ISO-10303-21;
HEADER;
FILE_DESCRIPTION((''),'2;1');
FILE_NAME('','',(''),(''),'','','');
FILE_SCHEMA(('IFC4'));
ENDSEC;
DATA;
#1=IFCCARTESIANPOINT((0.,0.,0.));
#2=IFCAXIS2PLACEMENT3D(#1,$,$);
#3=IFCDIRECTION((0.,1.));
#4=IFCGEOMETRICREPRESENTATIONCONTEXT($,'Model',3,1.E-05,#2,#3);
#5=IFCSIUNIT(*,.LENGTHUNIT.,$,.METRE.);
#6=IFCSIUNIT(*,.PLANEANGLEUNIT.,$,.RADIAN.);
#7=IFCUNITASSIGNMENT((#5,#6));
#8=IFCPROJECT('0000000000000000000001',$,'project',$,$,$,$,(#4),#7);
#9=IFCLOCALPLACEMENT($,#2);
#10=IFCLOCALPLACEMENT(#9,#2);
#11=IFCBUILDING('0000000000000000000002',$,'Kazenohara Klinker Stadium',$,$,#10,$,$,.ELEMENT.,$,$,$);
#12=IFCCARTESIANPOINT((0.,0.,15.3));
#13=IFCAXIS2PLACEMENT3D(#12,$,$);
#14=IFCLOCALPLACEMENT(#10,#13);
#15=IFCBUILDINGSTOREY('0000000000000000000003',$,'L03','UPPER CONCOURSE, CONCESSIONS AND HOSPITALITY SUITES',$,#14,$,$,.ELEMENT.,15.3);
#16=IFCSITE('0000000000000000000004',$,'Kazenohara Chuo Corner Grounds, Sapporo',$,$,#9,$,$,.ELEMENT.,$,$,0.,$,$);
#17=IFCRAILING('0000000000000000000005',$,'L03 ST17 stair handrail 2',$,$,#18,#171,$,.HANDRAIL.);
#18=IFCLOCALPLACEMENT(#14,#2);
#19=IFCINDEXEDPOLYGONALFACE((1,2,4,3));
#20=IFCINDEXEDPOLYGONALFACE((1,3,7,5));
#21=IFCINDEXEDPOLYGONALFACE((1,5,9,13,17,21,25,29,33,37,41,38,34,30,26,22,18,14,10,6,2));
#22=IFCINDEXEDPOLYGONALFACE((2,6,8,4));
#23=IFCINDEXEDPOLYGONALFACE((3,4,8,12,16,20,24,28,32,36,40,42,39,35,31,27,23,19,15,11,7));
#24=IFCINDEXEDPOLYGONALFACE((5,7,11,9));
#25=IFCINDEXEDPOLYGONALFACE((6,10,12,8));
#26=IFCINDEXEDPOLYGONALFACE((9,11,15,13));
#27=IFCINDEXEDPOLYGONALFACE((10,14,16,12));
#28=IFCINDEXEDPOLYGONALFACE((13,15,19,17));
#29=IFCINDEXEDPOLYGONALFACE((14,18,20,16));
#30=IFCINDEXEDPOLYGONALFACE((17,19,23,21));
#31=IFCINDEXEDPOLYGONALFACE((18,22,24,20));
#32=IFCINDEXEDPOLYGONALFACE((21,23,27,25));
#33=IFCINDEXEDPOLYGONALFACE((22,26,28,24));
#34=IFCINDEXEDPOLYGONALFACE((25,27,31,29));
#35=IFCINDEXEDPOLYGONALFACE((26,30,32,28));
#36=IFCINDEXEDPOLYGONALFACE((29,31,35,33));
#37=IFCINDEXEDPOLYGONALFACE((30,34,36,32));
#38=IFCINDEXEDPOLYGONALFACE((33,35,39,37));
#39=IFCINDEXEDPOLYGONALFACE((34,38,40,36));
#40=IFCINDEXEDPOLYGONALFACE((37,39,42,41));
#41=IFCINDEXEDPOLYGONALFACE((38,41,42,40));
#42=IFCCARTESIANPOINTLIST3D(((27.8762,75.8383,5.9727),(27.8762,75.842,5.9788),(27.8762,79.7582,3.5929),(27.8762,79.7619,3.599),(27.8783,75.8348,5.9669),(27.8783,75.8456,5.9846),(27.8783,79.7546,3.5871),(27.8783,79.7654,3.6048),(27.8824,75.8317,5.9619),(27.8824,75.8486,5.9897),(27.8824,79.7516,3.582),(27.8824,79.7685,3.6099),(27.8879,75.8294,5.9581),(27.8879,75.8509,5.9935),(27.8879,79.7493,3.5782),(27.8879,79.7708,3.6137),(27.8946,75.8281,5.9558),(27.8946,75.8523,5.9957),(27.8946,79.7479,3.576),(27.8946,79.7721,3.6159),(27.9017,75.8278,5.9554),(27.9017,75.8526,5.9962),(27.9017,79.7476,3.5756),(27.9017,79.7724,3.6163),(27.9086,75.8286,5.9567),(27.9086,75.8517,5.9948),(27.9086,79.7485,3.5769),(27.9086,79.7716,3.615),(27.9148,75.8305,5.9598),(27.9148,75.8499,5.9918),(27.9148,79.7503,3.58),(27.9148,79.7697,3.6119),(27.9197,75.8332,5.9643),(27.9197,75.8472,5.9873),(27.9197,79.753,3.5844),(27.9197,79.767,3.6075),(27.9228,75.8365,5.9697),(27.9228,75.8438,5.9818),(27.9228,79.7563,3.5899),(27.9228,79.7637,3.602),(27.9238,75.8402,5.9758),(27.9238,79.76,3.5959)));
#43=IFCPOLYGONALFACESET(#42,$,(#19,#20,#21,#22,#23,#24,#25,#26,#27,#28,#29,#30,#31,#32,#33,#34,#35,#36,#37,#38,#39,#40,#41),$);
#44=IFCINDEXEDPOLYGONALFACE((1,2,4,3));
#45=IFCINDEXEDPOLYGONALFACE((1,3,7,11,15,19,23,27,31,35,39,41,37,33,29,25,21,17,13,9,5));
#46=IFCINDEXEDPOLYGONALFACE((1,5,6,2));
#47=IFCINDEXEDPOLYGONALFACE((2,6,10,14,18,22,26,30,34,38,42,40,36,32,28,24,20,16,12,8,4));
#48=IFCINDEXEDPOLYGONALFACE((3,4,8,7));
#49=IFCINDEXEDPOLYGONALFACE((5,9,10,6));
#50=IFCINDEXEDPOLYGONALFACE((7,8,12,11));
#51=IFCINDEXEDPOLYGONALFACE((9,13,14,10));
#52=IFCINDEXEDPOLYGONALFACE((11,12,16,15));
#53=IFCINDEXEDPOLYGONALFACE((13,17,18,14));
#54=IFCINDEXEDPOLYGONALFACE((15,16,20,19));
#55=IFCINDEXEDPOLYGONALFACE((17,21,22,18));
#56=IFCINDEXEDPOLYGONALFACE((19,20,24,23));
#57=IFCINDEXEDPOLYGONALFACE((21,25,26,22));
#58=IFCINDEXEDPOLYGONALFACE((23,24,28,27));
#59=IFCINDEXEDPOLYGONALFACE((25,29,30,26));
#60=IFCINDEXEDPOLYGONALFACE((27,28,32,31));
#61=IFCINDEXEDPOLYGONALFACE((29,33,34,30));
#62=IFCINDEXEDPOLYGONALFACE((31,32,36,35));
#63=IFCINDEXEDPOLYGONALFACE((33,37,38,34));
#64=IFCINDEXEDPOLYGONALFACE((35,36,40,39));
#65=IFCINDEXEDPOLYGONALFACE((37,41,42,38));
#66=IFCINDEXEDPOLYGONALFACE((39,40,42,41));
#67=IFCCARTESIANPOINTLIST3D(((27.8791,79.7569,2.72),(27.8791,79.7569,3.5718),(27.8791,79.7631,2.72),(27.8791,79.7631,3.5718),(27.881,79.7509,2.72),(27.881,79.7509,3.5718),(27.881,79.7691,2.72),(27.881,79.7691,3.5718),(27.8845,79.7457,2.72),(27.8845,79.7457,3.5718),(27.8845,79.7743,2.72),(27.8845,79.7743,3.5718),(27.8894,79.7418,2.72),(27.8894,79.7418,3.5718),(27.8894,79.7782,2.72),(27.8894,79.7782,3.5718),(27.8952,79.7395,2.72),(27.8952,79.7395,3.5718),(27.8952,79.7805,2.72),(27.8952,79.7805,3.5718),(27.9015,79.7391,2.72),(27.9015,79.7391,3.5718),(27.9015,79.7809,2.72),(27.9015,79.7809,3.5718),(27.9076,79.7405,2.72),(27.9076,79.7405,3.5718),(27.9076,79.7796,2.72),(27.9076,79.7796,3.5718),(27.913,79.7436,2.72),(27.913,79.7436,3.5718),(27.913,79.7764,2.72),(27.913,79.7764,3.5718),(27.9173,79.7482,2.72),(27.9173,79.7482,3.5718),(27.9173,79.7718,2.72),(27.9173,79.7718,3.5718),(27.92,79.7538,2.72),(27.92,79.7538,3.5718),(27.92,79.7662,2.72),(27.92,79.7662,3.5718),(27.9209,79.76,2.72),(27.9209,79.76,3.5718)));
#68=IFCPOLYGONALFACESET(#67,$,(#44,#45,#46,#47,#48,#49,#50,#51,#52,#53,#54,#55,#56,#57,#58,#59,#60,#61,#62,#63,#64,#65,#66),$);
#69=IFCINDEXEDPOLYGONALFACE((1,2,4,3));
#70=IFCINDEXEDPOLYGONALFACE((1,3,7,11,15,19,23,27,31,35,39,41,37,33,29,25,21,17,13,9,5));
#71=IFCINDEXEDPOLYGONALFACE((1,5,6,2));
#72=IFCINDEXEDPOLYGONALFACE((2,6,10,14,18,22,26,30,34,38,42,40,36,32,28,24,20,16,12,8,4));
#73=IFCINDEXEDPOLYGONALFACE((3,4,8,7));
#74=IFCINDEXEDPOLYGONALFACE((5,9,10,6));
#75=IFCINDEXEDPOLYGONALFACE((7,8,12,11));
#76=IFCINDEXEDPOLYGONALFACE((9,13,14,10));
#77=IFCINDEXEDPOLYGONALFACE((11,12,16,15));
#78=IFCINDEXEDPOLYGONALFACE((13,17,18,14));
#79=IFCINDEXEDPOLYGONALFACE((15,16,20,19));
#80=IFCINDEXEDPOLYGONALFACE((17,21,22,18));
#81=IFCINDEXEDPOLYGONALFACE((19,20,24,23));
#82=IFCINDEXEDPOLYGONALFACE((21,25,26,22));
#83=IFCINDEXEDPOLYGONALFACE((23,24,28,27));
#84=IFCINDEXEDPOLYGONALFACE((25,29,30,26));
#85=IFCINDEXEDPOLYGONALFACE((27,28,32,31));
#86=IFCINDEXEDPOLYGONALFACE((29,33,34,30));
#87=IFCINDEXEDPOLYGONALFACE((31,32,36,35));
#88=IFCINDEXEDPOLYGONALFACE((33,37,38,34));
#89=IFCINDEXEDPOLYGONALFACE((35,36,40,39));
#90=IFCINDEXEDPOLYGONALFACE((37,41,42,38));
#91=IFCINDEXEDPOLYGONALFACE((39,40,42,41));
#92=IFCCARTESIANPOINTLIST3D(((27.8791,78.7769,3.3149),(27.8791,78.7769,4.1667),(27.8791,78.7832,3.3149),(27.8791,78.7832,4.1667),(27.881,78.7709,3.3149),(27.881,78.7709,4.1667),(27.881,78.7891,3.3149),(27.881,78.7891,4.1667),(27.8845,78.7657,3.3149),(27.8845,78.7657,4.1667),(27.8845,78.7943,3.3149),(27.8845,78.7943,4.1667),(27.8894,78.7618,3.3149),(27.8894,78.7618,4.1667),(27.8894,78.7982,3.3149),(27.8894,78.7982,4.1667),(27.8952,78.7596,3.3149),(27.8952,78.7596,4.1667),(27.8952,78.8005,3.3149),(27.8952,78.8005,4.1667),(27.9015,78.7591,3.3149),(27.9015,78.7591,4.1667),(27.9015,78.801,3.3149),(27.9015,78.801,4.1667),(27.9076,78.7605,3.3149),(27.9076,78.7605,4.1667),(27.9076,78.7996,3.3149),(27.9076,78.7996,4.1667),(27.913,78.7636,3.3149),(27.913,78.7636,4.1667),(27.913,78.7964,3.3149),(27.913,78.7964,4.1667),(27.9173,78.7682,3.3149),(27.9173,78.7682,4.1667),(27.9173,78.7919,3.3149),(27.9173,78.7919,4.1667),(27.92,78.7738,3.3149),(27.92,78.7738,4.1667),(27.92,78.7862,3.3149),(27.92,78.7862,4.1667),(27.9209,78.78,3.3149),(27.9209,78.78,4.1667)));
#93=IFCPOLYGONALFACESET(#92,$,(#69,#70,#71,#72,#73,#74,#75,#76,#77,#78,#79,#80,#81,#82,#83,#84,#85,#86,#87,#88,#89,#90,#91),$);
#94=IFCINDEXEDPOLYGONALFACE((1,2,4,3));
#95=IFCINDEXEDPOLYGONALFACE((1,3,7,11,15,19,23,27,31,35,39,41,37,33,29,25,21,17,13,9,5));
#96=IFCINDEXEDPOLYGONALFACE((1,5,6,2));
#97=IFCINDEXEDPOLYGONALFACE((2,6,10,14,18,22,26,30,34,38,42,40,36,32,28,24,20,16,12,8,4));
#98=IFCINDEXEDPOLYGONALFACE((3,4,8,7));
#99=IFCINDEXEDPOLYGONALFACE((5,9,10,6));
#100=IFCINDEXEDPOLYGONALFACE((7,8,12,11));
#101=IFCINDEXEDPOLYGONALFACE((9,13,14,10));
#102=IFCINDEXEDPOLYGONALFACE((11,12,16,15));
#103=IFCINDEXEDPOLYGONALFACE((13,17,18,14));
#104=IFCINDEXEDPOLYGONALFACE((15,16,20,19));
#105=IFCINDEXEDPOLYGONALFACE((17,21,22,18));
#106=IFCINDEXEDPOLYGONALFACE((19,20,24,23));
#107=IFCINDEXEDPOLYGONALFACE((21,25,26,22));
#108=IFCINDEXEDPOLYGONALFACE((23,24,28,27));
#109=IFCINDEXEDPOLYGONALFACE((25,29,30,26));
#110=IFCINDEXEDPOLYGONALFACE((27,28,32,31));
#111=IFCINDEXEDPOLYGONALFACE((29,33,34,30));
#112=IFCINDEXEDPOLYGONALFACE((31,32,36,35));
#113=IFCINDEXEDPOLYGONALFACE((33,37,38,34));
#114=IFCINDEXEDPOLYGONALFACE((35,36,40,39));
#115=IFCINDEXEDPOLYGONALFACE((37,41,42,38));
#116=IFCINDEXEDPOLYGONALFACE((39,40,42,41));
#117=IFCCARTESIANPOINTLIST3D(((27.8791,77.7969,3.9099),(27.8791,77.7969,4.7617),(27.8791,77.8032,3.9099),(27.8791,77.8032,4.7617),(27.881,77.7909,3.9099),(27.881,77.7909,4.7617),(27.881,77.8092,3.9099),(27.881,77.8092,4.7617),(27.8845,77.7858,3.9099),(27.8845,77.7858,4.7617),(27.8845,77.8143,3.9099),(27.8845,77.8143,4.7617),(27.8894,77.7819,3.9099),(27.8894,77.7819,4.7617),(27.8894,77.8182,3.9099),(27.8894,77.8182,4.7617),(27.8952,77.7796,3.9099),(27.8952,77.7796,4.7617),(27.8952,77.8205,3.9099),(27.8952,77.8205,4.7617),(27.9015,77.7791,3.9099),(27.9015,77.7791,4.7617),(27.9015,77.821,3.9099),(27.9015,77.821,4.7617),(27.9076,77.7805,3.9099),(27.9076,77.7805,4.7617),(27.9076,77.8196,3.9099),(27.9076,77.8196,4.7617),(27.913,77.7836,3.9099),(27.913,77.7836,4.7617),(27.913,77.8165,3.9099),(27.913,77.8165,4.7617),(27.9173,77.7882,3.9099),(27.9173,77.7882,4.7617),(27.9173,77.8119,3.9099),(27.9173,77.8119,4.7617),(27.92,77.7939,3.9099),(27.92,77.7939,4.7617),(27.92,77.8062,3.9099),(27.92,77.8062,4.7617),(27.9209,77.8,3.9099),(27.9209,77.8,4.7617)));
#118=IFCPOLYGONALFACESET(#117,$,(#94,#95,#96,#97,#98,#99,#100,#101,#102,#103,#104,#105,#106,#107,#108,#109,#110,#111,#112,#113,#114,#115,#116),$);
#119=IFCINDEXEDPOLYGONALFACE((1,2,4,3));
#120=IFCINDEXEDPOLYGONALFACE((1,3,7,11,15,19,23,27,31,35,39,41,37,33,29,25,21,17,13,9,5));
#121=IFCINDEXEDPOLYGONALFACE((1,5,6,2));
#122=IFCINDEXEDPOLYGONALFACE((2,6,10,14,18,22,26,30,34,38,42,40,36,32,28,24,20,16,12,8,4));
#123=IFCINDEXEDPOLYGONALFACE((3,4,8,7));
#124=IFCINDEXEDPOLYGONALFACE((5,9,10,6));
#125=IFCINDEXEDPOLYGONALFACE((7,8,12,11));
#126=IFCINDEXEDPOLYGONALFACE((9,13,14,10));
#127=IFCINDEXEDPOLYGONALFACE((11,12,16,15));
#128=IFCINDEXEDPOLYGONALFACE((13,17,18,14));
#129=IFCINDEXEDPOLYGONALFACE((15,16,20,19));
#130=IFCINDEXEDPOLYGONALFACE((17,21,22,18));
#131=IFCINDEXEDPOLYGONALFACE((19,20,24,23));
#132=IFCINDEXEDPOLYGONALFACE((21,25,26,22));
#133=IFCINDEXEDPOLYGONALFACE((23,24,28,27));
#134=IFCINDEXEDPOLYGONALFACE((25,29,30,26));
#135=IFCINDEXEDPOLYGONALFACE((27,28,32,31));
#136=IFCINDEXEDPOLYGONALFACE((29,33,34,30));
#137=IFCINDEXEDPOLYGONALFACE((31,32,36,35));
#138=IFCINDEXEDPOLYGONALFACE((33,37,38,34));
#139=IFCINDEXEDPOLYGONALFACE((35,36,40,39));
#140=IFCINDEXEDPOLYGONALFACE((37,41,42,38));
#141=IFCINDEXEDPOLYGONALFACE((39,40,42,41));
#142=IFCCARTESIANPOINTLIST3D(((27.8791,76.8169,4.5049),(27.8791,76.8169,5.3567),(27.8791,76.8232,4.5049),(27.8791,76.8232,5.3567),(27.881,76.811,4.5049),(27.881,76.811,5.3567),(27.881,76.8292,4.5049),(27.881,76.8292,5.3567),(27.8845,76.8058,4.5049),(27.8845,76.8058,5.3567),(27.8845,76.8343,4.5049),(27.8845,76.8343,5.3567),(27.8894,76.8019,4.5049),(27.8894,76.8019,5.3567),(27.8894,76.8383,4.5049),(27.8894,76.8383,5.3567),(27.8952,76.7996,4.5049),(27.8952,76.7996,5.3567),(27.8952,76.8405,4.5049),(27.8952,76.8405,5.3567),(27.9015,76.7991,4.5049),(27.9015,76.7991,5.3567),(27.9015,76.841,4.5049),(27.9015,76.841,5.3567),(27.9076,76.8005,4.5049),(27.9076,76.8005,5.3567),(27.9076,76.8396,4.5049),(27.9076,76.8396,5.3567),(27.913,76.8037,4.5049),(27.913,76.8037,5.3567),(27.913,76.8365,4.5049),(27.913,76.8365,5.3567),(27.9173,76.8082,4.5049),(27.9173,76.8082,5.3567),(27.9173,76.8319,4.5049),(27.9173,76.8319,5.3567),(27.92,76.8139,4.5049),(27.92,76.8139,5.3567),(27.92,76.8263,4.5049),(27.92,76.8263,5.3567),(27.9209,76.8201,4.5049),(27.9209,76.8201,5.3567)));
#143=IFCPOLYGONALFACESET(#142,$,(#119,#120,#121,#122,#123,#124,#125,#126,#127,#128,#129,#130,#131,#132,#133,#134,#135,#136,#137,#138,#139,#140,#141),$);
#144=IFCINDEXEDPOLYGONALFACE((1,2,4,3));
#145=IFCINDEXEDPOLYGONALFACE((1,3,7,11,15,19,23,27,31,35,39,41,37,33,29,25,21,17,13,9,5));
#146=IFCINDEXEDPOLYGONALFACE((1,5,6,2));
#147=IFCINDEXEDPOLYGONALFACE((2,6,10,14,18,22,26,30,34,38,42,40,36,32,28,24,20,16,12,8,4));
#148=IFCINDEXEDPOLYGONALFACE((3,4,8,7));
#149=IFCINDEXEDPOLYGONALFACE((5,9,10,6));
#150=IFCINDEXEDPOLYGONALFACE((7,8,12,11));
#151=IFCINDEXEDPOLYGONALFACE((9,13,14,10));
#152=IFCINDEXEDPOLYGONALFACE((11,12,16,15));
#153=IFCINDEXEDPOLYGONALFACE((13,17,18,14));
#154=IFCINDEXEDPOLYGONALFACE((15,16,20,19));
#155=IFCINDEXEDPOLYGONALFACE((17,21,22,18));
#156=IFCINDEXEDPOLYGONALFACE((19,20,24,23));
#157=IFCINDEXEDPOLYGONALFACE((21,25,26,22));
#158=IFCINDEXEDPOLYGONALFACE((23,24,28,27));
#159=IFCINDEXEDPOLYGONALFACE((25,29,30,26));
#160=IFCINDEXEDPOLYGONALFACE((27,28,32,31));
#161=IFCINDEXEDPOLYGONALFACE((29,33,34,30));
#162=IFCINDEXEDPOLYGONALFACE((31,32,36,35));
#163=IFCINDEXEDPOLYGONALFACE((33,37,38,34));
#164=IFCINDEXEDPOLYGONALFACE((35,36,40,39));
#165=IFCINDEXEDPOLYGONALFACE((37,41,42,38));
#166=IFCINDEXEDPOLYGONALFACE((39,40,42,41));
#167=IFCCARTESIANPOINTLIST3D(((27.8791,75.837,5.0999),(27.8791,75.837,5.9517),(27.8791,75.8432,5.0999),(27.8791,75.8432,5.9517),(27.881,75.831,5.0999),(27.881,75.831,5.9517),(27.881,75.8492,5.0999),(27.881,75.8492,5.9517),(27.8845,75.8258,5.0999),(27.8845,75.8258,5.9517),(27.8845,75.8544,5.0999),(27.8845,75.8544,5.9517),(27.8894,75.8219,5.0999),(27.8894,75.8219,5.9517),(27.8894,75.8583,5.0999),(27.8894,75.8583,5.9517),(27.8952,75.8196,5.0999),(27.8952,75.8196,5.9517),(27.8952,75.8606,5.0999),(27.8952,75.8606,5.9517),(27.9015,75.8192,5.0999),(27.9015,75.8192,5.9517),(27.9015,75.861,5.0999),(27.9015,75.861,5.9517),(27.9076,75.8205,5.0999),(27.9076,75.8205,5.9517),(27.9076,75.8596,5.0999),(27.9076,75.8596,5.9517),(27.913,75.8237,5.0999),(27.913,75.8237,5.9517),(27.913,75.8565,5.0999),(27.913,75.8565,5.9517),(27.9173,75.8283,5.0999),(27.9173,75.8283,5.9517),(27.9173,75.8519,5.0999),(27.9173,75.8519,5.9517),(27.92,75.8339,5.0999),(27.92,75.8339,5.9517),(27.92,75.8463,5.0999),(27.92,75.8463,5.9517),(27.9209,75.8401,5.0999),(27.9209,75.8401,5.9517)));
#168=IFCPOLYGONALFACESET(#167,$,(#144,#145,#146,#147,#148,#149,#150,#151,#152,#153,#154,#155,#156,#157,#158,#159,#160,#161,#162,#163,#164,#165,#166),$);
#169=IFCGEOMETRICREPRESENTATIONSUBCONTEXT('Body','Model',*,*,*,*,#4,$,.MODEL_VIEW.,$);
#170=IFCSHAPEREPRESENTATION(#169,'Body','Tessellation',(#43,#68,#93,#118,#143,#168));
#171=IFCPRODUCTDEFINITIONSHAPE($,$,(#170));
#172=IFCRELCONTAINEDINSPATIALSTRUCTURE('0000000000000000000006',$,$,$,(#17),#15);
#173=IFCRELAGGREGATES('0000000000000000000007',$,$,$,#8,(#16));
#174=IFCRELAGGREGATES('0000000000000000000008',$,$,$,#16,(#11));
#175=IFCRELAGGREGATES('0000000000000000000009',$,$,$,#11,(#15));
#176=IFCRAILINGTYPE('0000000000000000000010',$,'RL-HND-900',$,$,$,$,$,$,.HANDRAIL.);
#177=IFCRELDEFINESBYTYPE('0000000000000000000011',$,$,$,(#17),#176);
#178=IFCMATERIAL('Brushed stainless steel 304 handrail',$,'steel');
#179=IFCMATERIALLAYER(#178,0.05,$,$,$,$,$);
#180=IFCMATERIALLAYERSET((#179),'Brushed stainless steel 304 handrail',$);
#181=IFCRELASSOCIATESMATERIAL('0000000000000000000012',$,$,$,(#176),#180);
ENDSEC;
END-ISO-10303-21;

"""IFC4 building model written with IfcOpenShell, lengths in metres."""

from ifc_helpers import new_model, si_unit, direction, frame, origin, origin_2d, place, context, subcontext, project, spatial, circle, extrude, material, layer, layer_set, type_object, element, save


model = new_model("IFC4")

# Units and contexts
model_context = context("Model", 3, precision=1e-05, world=origin(), true_north=direction((0.0, 1.0)))
body_context = subcontext(model_context, "Body", "Model", "MODEL_VIEW")
ifc_project = project(units=[si_unit("LENGTHUNIT", "METRE"), si_unit("PLANEANGLEUNIT", "RADIAN")], contexts=[model_context])

# Site, building, storey
site_placement = place(None, origin())
site = spatial("IfcSite", under=ifc_project, at=site_placement, Name="Kazenohara Chuo Corner Grounds, Sapporo", CompositionType="ELEMENT", RefElevation=0.0)
building_placement = place(site_placement, origin())
building = spatial("IfcBuilding", under=site, at=building_placement, Name="Kazenohara Klinker Stadium", CompositionType="ELEMENT")
storey_placement = place(building_placement, frame((0.0, 0.0, 15.3)))
storey = spatial("IfcBuildingStorey", under=building, at=storey_placement, Name="L03", Description="UPPER CONCOURSE, CONCESSIONS AND HOSPITALITY SUITES", CompositionType="ELEMENT", Elevation=15.3)

# Railing
ifc_material_1 = material(Name="Brushed stainless steel 304 handrail", Category="steel")
ifc_layer_1 = layer(ifc_material_1, 0.05)
ifc_layer_set_1 = layer_set([ifc_layer_1], Name="Brushed stainless steel 304 handrail")
railing_type_1 = type_object("IfcRailingType", Name="RL-HND-900", PredefinedType="HANDRAIL", material=ifc_layer_set_1)
railing_1_placement = place(storey_placement, frame((27.8999, 79.76, 2.72)))
element("IfcRailing", 1, at=railing_1_placement, inside=storey, type_object=railing_type_1, Name="L03 ST17 stair handrail 2", PredefinedType="HANDRAIL", context=body_context, shape_type="SweptSolid", body=[
    extrude(circle(Radius=0.0239, at=origin_2d()), frame((0.0, 0.0, 0.876), z_axis=(0.0, -0.854794, 0.518967), x_axis=(1.0, 0.0, 0.0)), (0.0, 0.0, 1.0), 4.5857),
    extrude(circle(Radius=0.021, at=origin_2d()), origin(), (0.0, 0.0, 1.0), 0.8518),
    extrude(circle(Radius=0.021, at=origin_2d()), frame((0.0, -0.98, 0.595)), (0.0, 0.0, 1.0), 0.8518),
    extrude(circle(Radius=0.021, at=origin_2d()), frame((0.0, -1.96, 1.1899)), (0.0, 0.0, 1.0), 0.8518),
    extrude(circle(Radius=0.021, at=origin_2d()), frame((0.0, -2.9399, 1.7849)), (0.0, 0.0, 1.0), 0.8518),
    extrude(circle(Radius=0.021, at=origin_2d()), frame((0.0, -3.9199, 2.3799)), (0.0, 0.0, 1.0), 0.8518),
])

save(model, "model.ifc")
